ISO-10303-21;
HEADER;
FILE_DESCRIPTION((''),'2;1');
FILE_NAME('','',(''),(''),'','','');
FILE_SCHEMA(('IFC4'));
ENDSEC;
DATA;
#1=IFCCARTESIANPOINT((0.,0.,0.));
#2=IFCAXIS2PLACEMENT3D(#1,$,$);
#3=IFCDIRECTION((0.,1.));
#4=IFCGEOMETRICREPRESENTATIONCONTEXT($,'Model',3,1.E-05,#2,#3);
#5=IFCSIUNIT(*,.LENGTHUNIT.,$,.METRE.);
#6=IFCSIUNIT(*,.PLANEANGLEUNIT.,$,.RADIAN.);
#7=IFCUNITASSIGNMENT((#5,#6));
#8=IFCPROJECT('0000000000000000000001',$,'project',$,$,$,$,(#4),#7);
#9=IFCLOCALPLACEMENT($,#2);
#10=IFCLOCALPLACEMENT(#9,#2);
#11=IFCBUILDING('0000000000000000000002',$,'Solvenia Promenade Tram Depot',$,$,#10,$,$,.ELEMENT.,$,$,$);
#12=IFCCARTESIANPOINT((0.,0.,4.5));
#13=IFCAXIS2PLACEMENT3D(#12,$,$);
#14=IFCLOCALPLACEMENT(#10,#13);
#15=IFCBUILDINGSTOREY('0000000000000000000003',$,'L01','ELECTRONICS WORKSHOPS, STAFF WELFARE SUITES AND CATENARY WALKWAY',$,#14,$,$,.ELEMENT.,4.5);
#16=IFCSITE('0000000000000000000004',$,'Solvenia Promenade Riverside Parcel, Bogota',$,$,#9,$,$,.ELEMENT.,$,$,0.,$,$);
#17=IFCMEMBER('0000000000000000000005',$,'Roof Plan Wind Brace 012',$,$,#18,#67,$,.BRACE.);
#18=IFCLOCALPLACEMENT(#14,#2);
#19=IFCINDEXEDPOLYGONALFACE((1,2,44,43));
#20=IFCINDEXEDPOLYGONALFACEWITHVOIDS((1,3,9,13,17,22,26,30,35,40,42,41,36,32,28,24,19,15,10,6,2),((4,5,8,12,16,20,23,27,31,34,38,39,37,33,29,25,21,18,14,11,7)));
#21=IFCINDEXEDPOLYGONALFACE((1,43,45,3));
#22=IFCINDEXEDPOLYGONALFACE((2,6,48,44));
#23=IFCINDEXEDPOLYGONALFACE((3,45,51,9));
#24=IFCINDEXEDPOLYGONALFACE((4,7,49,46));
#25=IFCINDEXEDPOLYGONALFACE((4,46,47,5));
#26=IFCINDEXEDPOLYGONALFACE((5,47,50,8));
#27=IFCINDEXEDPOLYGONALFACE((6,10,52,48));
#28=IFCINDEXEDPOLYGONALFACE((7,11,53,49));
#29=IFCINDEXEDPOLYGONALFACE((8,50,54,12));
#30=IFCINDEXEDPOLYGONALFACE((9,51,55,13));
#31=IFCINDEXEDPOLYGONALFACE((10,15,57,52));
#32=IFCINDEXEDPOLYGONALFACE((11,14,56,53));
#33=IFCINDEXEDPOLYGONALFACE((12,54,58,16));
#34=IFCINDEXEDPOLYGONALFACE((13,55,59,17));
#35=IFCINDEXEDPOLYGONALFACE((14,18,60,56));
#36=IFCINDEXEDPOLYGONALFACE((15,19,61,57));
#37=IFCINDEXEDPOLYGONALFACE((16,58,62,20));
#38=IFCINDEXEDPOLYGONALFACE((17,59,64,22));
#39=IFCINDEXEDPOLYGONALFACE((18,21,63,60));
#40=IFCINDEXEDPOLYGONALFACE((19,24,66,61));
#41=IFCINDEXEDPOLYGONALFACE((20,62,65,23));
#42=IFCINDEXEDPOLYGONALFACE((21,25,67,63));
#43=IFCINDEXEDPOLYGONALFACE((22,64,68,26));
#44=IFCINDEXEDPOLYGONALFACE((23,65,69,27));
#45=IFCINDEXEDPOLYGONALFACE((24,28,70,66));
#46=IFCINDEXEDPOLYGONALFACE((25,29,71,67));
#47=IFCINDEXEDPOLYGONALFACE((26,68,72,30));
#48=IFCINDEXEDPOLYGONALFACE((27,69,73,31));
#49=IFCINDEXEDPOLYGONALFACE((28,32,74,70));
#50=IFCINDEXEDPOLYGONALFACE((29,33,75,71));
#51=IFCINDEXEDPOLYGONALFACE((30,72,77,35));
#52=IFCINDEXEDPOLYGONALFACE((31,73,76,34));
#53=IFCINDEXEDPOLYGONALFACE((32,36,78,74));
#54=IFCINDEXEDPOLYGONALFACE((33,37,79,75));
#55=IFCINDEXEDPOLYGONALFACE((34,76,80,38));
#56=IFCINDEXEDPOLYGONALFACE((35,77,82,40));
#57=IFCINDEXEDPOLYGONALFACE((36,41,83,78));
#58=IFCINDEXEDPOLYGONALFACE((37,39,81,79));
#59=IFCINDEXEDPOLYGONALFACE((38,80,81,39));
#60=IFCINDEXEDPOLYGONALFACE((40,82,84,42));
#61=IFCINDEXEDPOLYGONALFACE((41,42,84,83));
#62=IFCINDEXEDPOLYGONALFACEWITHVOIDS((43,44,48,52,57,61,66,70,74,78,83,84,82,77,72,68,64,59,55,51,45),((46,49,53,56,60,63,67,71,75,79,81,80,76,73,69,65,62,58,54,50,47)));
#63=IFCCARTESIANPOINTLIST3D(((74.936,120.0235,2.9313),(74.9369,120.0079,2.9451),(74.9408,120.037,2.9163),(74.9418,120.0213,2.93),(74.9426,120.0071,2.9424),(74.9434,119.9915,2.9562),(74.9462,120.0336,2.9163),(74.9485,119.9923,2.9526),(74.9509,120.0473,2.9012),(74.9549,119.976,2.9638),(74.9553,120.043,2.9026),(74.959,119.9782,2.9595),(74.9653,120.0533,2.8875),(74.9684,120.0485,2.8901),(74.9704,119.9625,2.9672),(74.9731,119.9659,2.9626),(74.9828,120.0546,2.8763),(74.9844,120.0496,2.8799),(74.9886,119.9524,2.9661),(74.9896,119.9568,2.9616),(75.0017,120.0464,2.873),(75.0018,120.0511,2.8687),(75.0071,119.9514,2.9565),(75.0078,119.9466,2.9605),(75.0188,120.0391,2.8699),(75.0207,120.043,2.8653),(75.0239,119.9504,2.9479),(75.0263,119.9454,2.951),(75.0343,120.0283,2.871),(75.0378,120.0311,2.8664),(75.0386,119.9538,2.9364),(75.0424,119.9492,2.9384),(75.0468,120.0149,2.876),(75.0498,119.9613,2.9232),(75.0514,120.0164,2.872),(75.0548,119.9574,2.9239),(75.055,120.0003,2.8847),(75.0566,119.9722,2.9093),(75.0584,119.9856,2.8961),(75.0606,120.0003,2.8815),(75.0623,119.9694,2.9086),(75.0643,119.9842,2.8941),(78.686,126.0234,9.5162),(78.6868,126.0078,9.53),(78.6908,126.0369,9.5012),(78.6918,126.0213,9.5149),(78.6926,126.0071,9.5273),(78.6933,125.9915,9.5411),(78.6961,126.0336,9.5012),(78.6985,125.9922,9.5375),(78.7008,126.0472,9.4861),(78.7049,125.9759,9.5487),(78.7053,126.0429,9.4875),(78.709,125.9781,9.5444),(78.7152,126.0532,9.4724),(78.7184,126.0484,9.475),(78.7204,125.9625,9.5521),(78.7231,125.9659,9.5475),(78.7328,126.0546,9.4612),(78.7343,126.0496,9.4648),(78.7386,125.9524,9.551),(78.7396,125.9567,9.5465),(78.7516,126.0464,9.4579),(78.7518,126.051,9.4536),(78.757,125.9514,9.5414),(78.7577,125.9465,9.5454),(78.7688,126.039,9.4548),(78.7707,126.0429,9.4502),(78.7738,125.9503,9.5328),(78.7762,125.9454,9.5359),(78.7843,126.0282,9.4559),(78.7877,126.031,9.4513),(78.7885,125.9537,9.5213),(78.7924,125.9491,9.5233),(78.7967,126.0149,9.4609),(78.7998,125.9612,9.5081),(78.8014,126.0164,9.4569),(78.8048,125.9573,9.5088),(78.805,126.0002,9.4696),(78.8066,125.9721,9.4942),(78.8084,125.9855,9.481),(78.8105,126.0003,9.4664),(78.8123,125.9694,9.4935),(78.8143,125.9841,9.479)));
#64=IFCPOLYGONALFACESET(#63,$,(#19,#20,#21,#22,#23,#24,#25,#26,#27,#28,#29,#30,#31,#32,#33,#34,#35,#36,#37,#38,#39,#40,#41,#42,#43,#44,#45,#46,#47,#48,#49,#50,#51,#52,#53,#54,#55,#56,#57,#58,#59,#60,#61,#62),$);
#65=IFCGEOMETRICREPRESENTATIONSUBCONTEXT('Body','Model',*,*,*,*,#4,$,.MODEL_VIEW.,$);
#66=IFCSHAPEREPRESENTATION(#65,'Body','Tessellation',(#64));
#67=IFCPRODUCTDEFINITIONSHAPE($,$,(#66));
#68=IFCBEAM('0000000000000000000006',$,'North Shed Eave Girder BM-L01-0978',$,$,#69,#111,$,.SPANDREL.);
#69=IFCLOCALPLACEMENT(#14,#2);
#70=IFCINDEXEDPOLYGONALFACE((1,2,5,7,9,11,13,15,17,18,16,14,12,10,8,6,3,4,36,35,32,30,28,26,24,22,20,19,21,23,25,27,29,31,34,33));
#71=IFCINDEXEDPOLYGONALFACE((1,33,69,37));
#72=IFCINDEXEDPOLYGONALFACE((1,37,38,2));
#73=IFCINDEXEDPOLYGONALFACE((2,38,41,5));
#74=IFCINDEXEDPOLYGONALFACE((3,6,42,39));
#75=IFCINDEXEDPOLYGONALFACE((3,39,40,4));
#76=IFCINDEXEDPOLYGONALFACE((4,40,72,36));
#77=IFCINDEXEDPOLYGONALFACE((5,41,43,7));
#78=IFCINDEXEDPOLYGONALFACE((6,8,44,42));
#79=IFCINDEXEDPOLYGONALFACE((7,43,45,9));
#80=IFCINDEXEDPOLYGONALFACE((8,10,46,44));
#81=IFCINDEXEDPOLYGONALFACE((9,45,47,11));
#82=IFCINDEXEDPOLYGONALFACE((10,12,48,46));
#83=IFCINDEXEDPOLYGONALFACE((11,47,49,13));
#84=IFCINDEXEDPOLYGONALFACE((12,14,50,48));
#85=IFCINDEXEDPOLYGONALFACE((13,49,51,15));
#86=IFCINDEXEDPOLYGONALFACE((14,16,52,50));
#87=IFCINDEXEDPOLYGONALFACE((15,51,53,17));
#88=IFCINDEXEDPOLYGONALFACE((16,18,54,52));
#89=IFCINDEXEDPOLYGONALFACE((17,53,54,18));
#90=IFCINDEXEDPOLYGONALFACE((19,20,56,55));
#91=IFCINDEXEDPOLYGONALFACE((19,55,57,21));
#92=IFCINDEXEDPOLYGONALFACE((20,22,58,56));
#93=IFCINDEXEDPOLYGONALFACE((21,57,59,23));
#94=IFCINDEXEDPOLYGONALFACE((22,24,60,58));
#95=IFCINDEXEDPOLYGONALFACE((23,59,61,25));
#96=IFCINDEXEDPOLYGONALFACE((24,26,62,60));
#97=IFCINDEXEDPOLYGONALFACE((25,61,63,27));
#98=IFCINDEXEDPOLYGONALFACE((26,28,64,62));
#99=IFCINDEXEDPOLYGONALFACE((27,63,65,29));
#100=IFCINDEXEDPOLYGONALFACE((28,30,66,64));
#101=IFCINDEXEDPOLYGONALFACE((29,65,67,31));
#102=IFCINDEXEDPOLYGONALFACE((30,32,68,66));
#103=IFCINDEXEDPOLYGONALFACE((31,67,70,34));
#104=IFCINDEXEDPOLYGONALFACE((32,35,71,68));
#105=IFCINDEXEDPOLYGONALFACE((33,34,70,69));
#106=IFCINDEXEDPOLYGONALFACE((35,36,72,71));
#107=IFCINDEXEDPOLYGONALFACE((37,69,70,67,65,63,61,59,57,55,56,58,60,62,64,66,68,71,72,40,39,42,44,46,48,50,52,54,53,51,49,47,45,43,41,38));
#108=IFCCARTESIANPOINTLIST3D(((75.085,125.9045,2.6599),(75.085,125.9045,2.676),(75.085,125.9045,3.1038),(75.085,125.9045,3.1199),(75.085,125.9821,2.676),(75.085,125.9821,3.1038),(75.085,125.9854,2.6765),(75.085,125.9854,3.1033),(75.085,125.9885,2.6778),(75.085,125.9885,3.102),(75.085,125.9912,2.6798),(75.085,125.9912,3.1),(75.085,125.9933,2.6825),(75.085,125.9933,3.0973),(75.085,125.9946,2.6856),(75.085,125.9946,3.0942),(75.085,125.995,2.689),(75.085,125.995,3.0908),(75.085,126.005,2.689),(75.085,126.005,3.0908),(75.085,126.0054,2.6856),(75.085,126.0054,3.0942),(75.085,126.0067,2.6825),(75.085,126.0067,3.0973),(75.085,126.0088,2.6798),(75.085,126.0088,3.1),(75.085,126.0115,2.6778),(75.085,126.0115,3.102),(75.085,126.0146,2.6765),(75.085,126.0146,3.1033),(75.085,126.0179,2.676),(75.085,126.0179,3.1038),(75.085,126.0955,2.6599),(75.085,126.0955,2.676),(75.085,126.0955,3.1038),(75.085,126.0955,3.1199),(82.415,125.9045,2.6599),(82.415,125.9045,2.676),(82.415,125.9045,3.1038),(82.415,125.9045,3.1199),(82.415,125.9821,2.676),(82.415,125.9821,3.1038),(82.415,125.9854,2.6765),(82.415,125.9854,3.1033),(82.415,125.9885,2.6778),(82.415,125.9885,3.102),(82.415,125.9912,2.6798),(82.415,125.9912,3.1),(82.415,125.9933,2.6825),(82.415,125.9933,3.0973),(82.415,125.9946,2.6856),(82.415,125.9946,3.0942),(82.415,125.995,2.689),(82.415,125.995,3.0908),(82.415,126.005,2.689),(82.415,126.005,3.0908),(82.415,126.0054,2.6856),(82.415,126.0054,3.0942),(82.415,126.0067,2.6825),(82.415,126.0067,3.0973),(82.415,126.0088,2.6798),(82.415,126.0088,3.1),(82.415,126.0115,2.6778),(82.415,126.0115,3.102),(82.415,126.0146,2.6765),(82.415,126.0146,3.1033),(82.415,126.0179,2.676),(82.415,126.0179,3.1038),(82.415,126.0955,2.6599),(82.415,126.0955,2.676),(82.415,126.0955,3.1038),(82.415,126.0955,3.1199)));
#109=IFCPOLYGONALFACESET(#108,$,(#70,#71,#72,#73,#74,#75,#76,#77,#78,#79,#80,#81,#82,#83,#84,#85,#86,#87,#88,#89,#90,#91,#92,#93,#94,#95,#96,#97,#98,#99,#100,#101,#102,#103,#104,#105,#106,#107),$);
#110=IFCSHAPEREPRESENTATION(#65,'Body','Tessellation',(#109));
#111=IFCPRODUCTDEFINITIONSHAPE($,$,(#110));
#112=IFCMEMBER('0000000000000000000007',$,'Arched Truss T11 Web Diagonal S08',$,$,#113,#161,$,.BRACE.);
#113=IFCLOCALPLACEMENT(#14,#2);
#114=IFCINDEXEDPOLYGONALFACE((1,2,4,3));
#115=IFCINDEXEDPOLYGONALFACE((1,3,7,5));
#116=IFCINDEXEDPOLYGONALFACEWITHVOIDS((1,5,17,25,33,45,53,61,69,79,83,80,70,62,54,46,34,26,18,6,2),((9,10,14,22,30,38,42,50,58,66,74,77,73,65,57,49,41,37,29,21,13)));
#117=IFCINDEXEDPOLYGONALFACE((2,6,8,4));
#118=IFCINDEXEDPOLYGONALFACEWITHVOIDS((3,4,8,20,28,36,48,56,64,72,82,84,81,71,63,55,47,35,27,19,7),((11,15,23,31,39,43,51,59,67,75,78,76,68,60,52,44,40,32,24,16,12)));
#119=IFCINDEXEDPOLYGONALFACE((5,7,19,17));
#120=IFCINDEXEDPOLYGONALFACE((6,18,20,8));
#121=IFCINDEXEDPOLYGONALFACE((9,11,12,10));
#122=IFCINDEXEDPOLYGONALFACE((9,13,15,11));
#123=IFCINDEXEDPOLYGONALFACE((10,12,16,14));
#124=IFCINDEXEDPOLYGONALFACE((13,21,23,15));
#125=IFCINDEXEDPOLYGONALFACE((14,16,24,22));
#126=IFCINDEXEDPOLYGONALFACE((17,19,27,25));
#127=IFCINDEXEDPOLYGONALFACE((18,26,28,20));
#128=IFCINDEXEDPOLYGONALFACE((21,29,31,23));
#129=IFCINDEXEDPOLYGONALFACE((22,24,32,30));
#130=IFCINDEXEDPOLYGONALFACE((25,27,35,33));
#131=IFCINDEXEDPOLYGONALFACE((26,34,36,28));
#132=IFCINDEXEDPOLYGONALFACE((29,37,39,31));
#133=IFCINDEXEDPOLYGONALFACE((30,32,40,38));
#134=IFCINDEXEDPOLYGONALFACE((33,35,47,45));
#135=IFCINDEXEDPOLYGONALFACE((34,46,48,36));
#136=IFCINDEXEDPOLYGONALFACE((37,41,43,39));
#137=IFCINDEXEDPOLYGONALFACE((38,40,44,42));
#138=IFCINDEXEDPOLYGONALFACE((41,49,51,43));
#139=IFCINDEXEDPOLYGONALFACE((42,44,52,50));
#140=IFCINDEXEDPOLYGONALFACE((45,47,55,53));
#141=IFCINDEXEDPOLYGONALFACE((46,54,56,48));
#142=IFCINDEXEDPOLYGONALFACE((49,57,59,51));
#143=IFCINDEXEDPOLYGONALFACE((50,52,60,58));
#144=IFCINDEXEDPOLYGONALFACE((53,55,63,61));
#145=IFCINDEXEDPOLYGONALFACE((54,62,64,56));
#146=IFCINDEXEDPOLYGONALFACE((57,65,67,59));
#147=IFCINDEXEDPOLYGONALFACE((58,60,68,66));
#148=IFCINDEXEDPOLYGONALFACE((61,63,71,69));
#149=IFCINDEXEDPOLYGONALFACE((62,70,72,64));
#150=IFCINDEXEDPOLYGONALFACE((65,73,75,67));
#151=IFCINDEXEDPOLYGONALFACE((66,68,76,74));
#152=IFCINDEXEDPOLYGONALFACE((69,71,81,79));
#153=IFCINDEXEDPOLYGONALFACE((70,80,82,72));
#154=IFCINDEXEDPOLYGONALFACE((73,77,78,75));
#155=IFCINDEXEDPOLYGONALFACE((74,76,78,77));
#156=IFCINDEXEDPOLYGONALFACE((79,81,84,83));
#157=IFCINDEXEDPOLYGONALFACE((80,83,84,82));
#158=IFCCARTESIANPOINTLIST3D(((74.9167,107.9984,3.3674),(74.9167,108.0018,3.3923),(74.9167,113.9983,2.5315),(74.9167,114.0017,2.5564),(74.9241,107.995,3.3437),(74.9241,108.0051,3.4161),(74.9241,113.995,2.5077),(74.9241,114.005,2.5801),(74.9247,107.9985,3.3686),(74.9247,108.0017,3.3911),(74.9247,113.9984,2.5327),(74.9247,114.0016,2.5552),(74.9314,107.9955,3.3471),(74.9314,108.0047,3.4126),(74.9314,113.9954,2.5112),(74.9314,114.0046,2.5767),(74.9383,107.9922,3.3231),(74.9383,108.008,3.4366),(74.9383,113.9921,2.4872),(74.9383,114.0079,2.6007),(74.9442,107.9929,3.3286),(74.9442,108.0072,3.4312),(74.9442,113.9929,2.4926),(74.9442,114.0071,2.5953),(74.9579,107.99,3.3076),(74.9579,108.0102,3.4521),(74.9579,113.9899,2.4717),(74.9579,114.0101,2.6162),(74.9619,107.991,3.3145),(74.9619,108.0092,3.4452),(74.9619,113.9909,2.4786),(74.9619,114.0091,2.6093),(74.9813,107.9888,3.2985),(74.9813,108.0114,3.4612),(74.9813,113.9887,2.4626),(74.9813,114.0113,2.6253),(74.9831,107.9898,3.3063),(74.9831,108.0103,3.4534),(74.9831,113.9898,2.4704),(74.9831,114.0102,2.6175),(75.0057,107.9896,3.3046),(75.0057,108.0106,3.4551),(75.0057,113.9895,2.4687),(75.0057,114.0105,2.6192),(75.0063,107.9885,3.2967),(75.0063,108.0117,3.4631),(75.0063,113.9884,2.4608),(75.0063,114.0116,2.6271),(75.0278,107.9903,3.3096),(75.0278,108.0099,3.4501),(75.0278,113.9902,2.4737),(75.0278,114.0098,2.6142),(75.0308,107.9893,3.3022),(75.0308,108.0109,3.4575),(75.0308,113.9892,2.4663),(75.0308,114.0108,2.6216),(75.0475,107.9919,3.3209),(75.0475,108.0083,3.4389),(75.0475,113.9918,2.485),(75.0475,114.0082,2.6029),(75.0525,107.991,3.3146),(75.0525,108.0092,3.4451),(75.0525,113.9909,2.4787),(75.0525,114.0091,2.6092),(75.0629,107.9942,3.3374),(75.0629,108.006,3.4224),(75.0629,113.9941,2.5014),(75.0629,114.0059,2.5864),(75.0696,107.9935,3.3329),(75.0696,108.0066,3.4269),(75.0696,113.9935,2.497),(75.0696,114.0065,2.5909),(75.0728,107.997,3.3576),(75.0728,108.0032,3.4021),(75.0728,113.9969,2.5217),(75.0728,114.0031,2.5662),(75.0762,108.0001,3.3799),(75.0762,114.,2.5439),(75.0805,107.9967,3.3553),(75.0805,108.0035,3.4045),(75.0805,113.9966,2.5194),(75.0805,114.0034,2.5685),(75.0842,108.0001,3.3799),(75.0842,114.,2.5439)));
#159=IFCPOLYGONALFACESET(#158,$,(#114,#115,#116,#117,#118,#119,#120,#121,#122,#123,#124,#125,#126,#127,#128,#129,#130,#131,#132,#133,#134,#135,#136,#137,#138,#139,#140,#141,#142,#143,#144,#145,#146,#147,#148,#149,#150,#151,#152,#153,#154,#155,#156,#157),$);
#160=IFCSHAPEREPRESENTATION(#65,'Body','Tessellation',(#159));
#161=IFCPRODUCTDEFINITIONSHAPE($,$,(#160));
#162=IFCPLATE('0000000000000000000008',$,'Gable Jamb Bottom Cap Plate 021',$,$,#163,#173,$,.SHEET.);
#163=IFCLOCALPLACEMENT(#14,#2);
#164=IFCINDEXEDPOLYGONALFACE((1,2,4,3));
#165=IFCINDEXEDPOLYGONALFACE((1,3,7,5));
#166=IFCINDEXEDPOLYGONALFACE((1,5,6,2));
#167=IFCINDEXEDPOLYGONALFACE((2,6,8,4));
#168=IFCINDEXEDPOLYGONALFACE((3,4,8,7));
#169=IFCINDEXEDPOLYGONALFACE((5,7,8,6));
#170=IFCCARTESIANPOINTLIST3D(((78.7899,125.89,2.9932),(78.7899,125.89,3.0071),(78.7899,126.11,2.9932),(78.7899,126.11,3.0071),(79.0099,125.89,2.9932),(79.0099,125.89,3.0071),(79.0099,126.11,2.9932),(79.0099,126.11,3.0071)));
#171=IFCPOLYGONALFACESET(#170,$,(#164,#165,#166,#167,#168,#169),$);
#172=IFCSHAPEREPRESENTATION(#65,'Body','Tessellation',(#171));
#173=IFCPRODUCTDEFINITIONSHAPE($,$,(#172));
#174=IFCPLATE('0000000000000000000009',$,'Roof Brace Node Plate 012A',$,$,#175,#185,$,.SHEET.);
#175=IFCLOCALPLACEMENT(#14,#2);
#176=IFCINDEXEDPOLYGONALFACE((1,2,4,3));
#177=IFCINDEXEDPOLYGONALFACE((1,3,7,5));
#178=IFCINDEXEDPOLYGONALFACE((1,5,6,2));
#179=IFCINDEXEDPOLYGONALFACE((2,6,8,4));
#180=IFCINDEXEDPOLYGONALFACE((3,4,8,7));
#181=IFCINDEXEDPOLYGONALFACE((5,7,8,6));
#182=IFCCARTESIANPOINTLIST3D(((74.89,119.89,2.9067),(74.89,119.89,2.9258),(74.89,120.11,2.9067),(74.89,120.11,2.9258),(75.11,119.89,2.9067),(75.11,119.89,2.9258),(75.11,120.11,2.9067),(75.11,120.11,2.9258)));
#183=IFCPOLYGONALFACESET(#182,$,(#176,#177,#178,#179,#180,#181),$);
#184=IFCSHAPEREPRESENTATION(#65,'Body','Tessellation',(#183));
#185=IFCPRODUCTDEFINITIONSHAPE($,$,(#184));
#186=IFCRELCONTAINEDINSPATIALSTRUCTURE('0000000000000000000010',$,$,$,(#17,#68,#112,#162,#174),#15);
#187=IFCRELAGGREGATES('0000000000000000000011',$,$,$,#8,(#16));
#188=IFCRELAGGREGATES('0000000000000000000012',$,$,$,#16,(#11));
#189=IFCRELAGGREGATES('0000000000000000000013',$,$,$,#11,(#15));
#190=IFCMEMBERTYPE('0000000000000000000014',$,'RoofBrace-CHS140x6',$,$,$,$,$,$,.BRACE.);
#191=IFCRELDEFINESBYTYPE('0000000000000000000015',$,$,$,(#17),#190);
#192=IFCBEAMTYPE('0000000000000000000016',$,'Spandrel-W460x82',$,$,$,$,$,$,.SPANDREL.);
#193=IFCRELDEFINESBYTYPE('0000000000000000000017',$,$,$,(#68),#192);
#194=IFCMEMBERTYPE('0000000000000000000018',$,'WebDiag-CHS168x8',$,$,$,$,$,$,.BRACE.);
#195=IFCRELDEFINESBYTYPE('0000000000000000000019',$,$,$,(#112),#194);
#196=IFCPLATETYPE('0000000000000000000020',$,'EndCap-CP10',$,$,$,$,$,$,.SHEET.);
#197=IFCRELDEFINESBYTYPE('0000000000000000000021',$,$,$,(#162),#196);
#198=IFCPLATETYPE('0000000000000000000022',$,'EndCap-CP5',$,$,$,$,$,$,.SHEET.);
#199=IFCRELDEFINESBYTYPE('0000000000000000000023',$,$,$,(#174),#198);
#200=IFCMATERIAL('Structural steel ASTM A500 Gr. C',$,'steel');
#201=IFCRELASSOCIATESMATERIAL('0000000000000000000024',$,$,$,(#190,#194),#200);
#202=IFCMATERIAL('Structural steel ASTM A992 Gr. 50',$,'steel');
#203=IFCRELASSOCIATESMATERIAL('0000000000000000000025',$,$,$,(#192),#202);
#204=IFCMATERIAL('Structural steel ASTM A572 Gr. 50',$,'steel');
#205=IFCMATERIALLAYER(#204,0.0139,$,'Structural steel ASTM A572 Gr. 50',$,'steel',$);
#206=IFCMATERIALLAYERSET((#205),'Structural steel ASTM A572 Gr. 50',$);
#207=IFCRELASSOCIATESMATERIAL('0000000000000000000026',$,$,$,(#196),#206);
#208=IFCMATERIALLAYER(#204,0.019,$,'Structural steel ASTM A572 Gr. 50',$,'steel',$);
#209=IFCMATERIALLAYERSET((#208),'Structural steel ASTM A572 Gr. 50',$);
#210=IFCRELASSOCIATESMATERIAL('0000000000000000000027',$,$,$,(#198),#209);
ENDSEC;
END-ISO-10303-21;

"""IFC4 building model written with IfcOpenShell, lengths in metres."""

from ifc_helpers import new_model, si_unit, direction, frame, origin, origin_2d, place, context, subcontext, project, spatial, rectangle, hollow_circle, i_section, extrude, material, layer, layer_set, material_profile, profile_set, type_object, element, save


model = new_model("IFC4")

# Units and contexts
model_context = context("Model", 3, precision=1e-05, world=origin(), true_north=direction((0.0, 1.0)))
body_context = subcontext(model_context, "Body", "Model", "MODEL_VIEW")
ifc_project = project(units=[si_unit("LENGTHUNIT", "METRE"), si_unit("PLANEANGLEUNIT", "RADIAN")], contexts=[model_context])

# Site, building, storey
site_placement = place(None, origin())
site = spatial("IfcSite", under=ifc_project, at=site_placement, Name="Solvenia Promenade Riverside Parcel, Bogota", CompositionType="ELEMENT", RefElevation=0.0)
building_placement = place(site_placement, origin())
building = spatial("IfcBuilding", under=site, at=building_placement, Name="Solvenia Promenade Tram Depot", CompositionType="ELEMENT")
storey_placement = place(building_placement, frame((0.0, 0.0, 4.5)))
storey = spatial("IfcBuildingStorey", under=building, at=storey_placement, Name="L01", Description="ELECTRONICS WORKSHOPS, STAFF WELFARE SUITES AND CATENARY WALKWAY", CompositionType="ELEMENT", Elevation=4.5)

# Shared definitions
ifc_material_1 = material(Name="Structural steel ASTM A992 Gr. 50", Category="steel")

# Shared definitions
ifc_material_2 = material(Name="Structural steel ASTM A500 Gr. C", Category="steel")

# Member
ifc_material_profile_1 = material_profile(ifc_material_2, hollow_circle(Radius=0.0698, WallThickness=0.0063, at=origin_2d()), Name="CHS139.7x6.3", Category="steel")
ifc_profile_set_1 = profile_set([ifc_material_profile_1], Name="Structural steel ASTM A500 Gr. C")
member_type_1 = type_object("IfcMemberType", Name="RoofBrace-CHS140x6", PredefinedType="BRACE", material=ifc_profile_set_1)
member_1_placement = place(storey_placement, frame((75.0, 120.0, 2.9163), z_axis=(0.387973, 0.620757, 0.681277), x_axis=(-0.847998, 0.529999, 0.0)))
element("IfcMember", 1, at=member_1_placement, inside=storey, type_object=member_type_1, Name="Roof Plan Wind Brace 012", PredefinedType="BRACE", context=body_context, shape_type="SweptSolid", body=[
    extrude(hollow_circle(Radius=0.0698, WallThickness=0.0063, at=origin_2d()), origin(), (0.0, 0.0, 1.0), 9.6655),
])

# Beam
ifc_material_profile_2 = material_profile(ifc_material_1, i_section(OverallWidth=0.1909, OverallDepth=0.46, WebThickness=0.01, FlangeThickness=0.0161, FilletRadius=0.0129, at=origin_2d()), Name="W460x82", Category="steel")
ifc_profile_set_2 = profile_set([ifc_material_profile_2], Name="Structural steel ASTM A992 Gr. 50")
beam_type = type_object("IfcBeamType", Name="Spandrel-W460x82", PredefinedType="SPANDREL", material=ifc_profile_set_2)
beam_placement = place(storey_placement, frame((75.085, 126.0, 2.8899), z_axis=(1.0, 0.0, 0.0), x_axis=(0.0, 1.0, 0.0)))
element("IfcBeam", 2, at=beam_placement, inside=storey, type_object=beam_type, Name="North Shed Eave Girder BM-L01-0978", PredefinedType="SPANDREL", context=body_context, shape_type="SweptSolid", body=[
    extrude(i_section(OverallWidth=0.1909, OverallDepth=0.46, WebThickness=0.01, FlangeThickness=0.0161, FilletRadius=0.0129, at=origin_2d()), origin(), (0.0, 0.0, 1.0), 7.3301),
])

# Member
ifc_material_profile_3 = material_profile(ifc_material_2, hollow_circle(Radius=0.0842, WallThickness=0.0081, at=origin_2d()), Name="CHS168.3x8", Category="steel")
ifc_profile_set_3 = profile_set([ifc_material_profile_3], Name="Structural steel ASTM A500 Gr. C")
member_type_2 = type_object("IfcMemberType", Name="WebDiag-CHS168x8", PredefinedType="BRACE", material=ifc_profile_set_3)
member_2_placement = place(storey_placement, frame((75.0, 114.0, 2.5439), z_axis=(0.0, -0.990434, 0.13799), x_axis=(1.0, 0.0, 0.0)))
element("IfcMember", 3, at=member_2_placement, inside=storey, type_object=member_type_2, Name="Arched Truss T11 Web Diagonal S08", PredefinedType="BRACE", context=body_context, shape_type="SweptSolid", body=[
    extrude(hollow_circle(Radius=0.0842, WallThickness=0.0081, at=origin_2d()), origin(), (0.0, 0.0, 1.0), 6.0579),
])

# Plates
ifc_material_3 = material(Name="Structural steel ASTM A572 Gr. 50", Category="steel")
ifc_layer_1 = layer(ifc_material_3, 0.0139, Name="Structural steel ASTM A572 Gr. 50", Category="steel")
ifc_layer_set_1 = layer_set([ifc_layer_1], Name="Structural steel ASTM A572 Gr. 50")
plate_type_1 = type_object("IfcPlateType", Name="EndCap-CP10", PredefinedType="SHEET", material=ifc_layer_set_1)
plate_1_placement = place(storey_placement, frame((78.8999, 126.0, 2.9932), z_axis=(0.0, 0.0, 1.0), x_axis=(1.0, 0.0, 0.0)))
element("IfcPlate", 4, at=plate_1_placement, inside=storey, type_object=plate_type_1, Name="Gable Jamb Bottom Cap Plate 021", PredefinedType="SHEET", context=body_context, shape_type="SweptSolid", body=[
    extrude(rectangle(XDim=0.22, YDim=0.22, at=origin_2d()), origin(), (0.0, 0.0, 1.0), 0.0139),
])
ifc_layer_2 = layer(ifc_material_3, 0.019, Name="Structural steel ASTM A572 Gr. 50", Category="steel")
ifc_layer_set_2 = layer_set([ifc_layer_2], Name="Structural steel ASTM A572 Gr. 50")
plate_type_2 = type_object("IfcPlateType", Name="EndCap-CP5", PredefinedType="SHEET", material=ifc_layer_set_2)
plate_2_placement = place(storey_placement, frame((75.0, 120.0, 2.9067), z_axis=(0.0, 0.0, 1.0), x_axis=(1.0, 0.0, 0.0)))
element("IfcPlate", 5, at=plate_2_placement, inside=storey, type_object=plate_type_2, Name="Roof Brace Node Plate 012A", PredefinedType="SHEET", context=body_context, shape_type="SweptSolid", body=[
    extrude(rectangle(XDim=0.22, YDim=0.22, at=origin_2d()), origin(), (0.0, 0.0, 1.0), 0.019),
])

save(model, "model.ifc")
